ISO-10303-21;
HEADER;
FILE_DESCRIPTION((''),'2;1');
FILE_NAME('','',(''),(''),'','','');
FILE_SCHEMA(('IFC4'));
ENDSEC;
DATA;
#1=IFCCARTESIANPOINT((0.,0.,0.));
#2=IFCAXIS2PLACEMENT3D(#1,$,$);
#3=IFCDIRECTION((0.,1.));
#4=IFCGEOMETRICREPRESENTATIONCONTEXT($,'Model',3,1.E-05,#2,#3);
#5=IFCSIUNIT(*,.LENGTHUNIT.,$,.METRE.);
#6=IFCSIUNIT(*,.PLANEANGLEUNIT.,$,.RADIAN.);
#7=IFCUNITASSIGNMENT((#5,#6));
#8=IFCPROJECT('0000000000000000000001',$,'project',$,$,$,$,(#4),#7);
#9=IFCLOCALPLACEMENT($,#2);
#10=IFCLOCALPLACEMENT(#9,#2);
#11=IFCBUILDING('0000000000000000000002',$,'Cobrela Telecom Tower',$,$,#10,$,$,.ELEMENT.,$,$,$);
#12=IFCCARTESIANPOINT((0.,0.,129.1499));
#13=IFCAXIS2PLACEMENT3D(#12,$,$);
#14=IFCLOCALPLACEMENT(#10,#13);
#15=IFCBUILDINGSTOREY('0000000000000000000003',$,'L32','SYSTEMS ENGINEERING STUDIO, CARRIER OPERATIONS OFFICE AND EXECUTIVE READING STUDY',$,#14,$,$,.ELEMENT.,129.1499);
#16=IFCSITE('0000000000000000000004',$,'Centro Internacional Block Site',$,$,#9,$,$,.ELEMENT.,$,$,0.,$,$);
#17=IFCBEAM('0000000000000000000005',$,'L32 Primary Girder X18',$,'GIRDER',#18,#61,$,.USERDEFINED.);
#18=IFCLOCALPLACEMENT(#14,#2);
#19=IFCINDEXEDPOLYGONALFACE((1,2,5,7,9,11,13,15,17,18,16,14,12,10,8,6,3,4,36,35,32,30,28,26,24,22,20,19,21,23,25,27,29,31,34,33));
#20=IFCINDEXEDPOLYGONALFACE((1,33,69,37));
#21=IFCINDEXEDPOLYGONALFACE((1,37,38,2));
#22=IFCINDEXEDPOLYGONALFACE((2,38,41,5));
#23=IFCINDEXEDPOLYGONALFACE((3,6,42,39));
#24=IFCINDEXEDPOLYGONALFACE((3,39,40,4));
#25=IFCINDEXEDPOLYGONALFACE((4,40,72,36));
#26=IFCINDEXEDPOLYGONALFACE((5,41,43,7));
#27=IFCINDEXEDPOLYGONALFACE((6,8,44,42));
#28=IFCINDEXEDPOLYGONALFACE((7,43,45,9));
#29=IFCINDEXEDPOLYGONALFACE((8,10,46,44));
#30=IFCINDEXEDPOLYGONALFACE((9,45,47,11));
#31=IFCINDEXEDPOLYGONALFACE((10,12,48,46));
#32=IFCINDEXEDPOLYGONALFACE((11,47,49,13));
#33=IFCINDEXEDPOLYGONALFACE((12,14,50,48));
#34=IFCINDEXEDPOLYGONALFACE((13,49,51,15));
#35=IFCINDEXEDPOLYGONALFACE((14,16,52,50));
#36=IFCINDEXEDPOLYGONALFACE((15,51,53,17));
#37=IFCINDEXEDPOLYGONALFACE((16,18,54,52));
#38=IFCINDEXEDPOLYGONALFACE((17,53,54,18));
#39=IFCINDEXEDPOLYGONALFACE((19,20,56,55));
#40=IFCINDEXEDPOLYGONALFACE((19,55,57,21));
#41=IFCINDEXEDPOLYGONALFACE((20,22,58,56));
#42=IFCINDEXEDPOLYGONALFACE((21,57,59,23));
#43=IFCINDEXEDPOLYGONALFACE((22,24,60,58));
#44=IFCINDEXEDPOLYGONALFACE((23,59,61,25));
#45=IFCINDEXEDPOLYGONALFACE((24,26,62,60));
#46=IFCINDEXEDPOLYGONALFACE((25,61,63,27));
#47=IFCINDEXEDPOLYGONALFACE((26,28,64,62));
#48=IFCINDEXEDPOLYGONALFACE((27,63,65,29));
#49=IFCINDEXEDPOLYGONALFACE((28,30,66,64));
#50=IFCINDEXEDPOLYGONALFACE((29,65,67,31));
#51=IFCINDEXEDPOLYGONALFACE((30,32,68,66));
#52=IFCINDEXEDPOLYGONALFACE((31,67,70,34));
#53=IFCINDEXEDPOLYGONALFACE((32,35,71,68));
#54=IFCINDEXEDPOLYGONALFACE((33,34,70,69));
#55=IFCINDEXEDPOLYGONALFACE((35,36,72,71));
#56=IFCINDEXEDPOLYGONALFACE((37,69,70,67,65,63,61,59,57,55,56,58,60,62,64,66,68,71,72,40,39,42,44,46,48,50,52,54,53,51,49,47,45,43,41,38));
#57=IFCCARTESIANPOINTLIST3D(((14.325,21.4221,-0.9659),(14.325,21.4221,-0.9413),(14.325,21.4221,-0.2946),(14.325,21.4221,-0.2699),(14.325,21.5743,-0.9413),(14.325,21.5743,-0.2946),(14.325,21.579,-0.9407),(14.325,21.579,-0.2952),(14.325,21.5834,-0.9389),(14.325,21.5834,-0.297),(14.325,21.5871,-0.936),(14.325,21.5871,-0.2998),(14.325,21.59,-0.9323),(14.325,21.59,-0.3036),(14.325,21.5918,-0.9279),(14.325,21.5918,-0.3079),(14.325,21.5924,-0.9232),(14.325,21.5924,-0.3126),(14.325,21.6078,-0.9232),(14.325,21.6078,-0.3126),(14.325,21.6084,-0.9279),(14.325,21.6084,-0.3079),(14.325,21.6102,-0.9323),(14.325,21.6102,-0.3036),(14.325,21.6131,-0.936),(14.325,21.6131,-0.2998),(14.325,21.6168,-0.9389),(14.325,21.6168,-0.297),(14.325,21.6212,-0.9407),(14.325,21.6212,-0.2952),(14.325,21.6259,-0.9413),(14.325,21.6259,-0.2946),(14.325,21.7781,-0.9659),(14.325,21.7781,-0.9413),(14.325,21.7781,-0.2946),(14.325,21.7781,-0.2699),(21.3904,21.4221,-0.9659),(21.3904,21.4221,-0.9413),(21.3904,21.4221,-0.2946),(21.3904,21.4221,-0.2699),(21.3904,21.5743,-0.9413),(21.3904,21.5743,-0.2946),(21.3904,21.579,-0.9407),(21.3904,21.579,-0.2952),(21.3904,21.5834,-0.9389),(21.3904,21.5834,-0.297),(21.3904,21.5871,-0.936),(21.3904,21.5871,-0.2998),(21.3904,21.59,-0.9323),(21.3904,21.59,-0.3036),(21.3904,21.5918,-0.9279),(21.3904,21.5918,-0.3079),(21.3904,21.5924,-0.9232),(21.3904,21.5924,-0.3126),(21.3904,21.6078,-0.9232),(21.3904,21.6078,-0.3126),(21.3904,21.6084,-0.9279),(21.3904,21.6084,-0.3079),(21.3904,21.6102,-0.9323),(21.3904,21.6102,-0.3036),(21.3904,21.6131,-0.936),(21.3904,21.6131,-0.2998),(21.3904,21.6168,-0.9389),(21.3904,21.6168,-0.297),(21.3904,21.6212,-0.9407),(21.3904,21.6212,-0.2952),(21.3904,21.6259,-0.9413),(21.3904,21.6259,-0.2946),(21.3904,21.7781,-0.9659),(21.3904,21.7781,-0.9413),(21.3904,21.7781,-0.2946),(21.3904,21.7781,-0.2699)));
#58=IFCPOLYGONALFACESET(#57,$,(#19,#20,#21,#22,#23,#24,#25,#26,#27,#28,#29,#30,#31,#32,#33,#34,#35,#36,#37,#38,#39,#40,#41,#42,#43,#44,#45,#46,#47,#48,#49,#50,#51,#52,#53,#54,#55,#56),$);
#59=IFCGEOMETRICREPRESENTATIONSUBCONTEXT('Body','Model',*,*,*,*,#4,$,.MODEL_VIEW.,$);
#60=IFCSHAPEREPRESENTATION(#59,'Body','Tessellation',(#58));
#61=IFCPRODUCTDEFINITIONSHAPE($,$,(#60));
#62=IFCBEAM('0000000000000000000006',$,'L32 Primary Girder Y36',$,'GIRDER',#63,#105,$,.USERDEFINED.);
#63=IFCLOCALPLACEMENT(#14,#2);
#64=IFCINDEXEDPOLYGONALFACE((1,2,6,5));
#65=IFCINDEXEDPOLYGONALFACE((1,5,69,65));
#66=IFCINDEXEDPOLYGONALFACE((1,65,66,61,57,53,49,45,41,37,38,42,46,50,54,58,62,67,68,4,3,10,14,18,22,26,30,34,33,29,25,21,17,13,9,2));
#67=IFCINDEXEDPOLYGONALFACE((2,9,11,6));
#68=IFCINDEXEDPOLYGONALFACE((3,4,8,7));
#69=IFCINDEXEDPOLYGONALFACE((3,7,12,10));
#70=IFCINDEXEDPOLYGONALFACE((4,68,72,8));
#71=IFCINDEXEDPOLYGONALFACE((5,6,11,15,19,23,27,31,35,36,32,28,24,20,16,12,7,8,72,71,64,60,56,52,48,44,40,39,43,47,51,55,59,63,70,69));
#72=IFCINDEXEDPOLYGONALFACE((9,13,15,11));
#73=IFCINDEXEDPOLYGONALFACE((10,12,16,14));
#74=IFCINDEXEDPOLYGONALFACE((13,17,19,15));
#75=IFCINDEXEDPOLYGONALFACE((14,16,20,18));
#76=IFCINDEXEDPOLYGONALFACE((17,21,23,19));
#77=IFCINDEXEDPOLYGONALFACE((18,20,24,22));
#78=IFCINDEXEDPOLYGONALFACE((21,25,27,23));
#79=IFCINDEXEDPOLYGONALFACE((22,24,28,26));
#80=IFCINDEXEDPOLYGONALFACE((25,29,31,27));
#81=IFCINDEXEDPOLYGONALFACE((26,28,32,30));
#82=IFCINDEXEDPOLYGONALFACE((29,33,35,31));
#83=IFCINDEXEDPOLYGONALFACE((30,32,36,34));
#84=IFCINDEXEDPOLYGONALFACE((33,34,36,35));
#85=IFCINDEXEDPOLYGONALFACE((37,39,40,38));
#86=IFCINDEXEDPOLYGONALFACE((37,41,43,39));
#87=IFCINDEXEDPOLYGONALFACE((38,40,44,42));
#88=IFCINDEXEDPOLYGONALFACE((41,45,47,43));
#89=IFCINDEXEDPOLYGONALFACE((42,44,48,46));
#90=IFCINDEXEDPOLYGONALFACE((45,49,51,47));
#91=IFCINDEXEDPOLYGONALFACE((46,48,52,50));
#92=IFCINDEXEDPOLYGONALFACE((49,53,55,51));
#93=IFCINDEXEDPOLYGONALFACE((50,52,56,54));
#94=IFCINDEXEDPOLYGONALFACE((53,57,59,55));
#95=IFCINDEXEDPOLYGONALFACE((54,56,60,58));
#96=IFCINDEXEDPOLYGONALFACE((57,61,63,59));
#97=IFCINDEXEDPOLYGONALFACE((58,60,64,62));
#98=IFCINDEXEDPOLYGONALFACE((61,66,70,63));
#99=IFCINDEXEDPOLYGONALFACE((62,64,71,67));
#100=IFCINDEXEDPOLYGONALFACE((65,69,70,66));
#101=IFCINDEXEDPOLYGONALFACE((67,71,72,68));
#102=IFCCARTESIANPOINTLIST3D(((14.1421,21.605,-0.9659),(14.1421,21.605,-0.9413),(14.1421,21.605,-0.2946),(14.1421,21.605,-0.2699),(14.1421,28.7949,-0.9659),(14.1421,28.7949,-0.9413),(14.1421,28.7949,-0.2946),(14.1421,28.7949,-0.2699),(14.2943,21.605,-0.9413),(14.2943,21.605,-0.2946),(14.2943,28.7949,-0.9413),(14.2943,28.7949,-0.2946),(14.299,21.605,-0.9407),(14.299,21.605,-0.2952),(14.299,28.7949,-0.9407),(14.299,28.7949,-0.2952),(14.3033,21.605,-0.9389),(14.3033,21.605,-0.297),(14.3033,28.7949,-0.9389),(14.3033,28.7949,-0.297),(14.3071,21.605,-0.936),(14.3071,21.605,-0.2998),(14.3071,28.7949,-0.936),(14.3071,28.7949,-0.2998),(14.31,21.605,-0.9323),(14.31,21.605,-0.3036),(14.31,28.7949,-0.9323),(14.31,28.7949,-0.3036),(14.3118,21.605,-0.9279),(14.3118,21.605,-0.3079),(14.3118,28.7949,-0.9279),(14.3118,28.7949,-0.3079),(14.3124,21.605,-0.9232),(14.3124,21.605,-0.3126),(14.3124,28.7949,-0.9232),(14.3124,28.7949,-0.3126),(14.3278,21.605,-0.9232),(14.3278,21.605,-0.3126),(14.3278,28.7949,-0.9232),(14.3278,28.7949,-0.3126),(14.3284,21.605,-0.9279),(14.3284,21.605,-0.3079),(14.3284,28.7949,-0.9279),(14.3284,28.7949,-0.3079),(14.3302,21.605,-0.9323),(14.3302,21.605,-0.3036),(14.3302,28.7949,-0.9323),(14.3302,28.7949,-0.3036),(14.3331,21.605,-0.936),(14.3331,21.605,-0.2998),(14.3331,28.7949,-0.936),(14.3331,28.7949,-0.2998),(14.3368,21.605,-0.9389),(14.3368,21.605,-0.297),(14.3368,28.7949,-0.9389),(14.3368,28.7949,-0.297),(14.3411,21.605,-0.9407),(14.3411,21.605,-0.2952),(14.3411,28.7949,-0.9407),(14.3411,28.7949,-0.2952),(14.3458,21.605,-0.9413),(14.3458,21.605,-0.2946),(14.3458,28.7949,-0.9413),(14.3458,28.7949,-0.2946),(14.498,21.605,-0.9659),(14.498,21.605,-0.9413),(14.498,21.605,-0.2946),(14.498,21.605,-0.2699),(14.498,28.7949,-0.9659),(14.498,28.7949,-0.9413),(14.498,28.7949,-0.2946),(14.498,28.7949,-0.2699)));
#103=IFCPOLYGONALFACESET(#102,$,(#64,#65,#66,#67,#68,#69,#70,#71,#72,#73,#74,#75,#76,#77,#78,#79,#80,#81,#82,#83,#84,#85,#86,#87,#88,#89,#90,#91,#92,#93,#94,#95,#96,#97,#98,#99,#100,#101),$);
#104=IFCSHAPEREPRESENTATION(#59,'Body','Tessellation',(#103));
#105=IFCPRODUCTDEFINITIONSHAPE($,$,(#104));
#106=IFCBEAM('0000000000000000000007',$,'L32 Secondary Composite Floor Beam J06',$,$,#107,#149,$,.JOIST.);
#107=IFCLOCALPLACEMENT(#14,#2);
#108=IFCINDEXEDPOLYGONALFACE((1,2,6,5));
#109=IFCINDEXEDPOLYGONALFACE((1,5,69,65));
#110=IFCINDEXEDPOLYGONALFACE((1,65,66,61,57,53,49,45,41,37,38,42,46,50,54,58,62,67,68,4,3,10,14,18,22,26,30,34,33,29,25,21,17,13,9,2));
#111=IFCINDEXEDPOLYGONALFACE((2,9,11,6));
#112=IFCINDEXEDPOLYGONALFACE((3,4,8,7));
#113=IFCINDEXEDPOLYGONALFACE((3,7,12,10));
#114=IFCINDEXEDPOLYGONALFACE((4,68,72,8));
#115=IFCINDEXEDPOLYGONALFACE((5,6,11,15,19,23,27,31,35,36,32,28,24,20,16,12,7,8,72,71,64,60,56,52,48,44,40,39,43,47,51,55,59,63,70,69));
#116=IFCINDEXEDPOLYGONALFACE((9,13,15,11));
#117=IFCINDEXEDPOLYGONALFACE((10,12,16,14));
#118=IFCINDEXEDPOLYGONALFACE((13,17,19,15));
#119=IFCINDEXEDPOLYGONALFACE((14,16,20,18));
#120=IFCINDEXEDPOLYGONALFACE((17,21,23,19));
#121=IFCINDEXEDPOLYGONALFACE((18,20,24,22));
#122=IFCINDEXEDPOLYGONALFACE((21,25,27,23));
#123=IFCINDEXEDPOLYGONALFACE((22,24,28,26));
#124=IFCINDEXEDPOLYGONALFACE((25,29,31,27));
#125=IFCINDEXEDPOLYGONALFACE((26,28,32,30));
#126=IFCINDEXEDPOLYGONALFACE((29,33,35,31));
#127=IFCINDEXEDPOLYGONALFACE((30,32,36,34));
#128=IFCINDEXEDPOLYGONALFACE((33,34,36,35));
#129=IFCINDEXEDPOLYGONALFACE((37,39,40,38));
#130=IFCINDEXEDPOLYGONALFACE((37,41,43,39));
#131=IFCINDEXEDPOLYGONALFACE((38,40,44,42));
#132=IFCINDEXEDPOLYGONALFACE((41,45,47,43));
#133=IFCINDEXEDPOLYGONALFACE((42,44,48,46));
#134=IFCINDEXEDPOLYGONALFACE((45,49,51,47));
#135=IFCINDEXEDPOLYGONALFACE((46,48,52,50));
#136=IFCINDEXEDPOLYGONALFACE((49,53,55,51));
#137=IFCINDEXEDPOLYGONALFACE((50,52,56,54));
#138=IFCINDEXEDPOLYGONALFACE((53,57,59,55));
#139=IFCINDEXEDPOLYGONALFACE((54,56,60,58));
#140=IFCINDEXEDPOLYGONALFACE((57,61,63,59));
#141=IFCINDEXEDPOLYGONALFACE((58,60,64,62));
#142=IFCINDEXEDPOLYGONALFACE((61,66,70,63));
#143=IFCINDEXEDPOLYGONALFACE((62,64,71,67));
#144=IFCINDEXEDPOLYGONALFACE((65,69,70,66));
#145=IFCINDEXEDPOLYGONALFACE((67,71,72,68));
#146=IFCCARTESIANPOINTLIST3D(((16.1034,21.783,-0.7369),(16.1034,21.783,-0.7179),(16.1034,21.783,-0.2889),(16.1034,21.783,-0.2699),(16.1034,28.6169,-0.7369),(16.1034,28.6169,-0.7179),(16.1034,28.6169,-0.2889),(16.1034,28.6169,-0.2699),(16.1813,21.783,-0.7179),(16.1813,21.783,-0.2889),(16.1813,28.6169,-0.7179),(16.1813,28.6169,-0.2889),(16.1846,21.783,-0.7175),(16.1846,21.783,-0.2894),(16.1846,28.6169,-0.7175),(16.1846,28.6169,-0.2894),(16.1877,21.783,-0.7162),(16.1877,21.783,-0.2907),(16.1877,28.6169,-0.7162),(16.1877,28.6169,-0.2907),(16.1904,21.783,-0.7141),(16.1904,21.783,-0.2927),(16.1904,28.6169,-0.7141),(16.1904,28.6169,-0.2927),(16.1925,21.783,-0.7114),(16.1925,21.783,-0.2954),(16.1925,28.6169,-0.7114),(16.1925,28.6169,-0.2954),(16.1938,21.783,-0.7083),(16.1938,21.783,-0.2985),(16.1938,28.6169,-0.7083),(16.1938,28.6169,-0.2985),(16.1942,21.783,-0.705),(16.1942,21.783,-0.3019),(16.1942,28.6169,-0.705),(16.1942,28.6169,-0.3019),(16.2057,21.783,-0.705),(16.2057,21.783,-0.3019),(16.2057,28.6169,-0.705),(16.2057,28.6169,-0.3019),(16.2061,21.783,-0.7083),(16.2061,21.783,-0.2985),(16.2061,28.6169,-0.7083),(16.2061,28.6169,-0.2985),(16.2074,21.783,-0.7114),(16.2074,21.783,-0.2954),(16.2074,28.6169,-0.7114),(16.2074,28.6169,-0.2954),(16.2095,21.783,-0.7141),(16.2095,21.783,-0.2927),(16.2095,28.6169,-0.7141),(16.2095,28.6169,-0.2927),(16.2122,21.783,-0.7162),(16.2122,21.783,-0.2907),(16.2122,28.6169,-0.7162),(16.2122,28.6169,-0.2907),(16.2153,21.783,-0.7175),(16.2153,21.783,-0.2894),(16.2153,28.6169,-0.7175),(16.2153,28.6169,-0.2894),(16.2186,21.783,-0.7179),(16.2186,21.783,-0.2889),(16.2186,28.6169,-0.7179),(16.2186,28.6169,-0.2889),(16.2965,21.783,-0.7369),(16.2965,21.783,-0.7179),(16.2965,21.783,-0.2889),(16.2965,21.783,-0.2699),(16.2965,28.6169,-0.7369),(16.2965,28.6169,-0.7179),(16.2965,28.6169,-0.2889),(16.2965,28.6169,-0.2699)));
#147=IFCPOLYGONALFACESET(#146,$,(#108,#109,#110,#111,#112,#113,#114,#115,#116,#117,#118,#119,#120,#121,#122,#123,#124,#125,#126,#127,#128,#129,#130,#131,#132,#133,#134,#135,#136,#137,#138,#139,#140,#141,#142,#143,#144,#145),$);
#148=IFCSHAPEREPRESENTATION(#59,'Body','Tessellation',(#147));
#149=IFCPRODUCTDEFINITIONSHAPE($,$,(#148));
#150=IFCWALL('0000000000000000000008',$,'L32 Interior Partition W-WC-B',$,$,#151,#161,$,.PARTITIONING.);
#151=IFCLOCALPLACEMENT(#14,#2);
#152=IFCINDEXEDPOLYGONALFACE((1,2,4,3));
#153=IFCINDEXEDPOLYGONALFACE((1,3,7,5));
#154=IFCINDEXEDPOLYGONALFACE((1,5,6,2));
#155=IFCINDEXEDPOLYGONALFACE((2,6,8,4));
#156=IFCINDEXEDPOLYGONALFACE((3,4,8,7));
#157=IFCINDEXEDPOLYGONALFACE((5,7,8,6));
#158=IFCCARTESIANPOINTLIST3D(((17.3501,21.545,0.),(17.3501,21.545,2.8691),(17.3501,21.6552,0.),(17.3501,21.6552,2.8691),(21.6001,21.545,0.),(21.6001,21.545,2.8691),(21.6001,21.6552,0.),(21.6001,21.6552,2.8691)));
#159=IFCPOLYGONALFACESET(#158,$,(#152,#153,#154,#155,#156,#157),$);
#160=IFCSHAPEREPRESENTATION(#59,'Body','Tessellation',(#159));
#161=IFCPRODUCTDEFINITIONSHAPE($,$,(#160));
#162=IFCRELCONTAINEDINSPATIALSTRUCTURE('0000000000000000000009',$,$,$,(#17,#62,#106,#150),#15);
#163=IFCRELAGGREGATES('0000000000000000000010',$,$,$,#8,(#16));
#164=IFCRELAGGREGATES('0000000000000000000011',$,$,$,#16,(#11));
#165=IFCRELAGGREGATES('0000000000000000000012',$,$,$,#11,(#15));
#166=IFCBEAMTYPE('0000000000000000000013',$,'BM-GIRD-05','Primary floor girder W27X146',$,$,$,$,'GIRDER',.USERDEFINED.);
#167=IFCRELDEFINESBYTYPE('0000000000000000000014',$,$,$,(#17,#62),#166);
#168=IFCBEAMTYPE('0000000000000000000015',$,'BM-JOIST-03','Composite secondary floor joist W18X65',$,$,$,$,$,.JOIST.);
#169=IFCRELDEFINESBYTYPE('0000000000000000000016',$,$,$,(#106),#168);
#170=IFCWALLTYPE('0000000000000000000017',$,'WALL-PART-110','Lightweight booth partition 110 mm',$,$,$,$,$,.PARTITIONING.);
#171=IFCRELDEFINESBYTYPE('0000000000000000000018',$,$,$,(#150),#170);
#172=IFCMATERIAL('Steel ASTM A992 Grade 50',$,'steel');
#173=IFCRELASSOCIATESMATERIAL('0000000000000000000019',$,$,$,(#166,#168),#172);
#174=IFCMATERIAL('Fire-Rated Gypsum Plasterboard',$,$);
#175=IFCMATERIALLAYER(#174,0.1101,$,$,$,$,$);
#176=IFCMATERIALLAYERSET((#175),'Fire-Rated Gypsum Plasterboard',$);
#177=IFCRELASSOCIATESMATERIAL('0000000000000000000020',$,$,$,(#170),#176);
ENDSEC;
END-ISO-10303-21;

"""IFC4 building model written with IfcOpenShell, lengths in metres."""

from ifc_helpers import new_model, si_unit, direction, frame, frame_2d, origin, origin_2d, place, context, subcontext, project, spatial, rectangle, i_section, extrude, material, layer, layer_set, material_profile, profile_set, type_object, element, save


model = new_model("IFC4")

# Units and contexts
model_context = context("Model", 3, precision=1e-05, world=origin(), true_north=direction((0.0, 1.0)))
body_context = subcontext(model_context, "Body", "Model", "MODEL_VIEW")
ifc_project = project(units=[si_unit("LENGTHUNIT", "METRE"), si_unit("PLANEANGLEUNIT", "RADIAN")], contexts=[model_context])

# Site, building, storey
site_placement = place(None, origin())
site = spatial("IfcSite", under=ifc_project, at=site_placement, Name="Centro Internacional Block Site", CompositionType="ELEMENT", RefElevation=0.0)
building_placement = place(site_placement, origin())
building = spatial("IfcBuilding", under=site, at=building_placement, Name="Cobrela Telecom Tower", CompositionType="ELEMENT")
storey_placement = place(building_placement, frame((0.0, 0.0, 129.1499)))
storey = spatial("IfcBuildingStorey", under=building, at=storey_placement, Name="L32", Description="SYSTEMS ENGINEERING STUDIO, CARRIER OPERATIONS OFFICE AND EXECUTIVE READING STUDY", CompositionType="ELEMENT", Elevation=129.1499)

# Beams
ifc_material_1 = material(Name="Steel ASTM A992 Grade 50", Category="steel")
ifc_material_profile_1 = material_profile(ifc_material_1, i_section(OverallWidth=0.356, OverallDepth=0.696, WebThickness=0.0154, FlangeThickness=0.0247, FilletRadius=0.0181, at=origin_2d()), Name="W27X146")
ifc_profile_set_1 = profile_set([ifc_material_profile_1], Name="Steel ASTM A992 Grade 50")
beam_type_1 = type_object("IfcBeamType", Name="BM-GIRD-05", Description="Primary floor girder W27X146", ElementType="GIRDER", PredefinedType="USERDEFINED", material=ifc_profile_set_1)
beam_1_placement = place(storey_placement, frame((14.325, 21.6001, -0.6179), z_axis=(1.0, 0.0, 0.0), x_axis=(0.0, 1.0, 0.0)))
element("IfcBeam", 1, at=beam_1_placement, inside=storey, type_object=beam_type_1, Name="L32 Primary Girder X18", ObjectType="GIRDER", PredefinedType="USERDEFINED", context=body_context, shape_type="SweptSolid", body=[
    extrude(i_section(OverallWidth=0.356, OverallDepth=0.696, WebThickness=0.0154, FlangeThickness=0.0247, FilletRadius=0.0181, at=origin_2d()), origin(), (0.0, 0.0, 1.0), 7.0654),
])
beam_2_placement = place(storey_placement, frame((14.3201, 21.605, -0.6179), z_axis=(0.0, 1.0, 0.0), x_axis=(-1.0, 0.0, 0.0)))
element("IfcBeam", 2, at=beam_2_placement, inside=storey, type_object=beam_type_1, Name="L32 Primary Girder Y36", ObjectType="GIRDER", PredefinedType="USERDEFINED", context=body_context, shape_type="SweptSolid", body=[
    extrude(i_section(OverallWidth=0.356, OverallDepth=0.696, WebThickness=0.0154, FlangeThickness=0.0247, FilletRadius=0.0181, at=origin_2d()), origin(), (0.0, 0.0, 1.0), 7.1899),
])
ifc_material_profile_2 = material_profile(ifc_material_1, i_section(OverallWidth=0.1931, OverallDepth=0.467, WebThickness=0.0115, FlangeThickness=0.019, FilletRadius=0.0129, at=origin_2d()), Name="W18X65")
ifc_profile_set_2 = profile_set([ifc_material_profile_2], Name="Steel ASTM A992 Grade 50")
beam_type_2 = type_object("IfcBeamType", Name="BM-JOIST-03", Description="Composite secondary floor joist W18X65", PredefinedType="JOIST", material=ifc_profile_set_2)
beam_3_placement = place(storey_placement, frame((16.2, 21.783, -0.5034), z_axis=(0.0, 1.0, 0.0), x_axis=(-1.0, 0.0, 0.0)))
element("IfcBeam", 3, at=beam_3_placement, inside=storey, type_object=beam_type_2, Name="L32 Secondary Composite Floor Beam J06", PredefinedType="JOIST", context=body_context, shape_type="SweptSolid", body=[
    extrude(i_section(OverallWidth=0.1931, OverallDepth=0.467, WebThickness=0.0115, FlangeThickness=0.019, FilletRadius=0.0129, at=origin_2d()), origin(), (0.0, 0.0, 1.0), 6.834),
])

# Shared definitions
ifc_material_2 = material(Name="Fire-Rated Gypsum Plasterboard")
ifc_layer_1 = layer(ifc_material_2, 0.1101)
ifc_layer_set_1 = layer_set([ifc_layer_1], Name="Fire-Rated Gypsum Plasterboard")
wall_type_1 = type_object("IfcWallType", Name="WALL-PART-110", Description="Lightweight booth partition 110 mm", PredefinedType="PARTITIONING", material=ifc_layer_set_1)

# Wall
wall_1_placement = place(storey_placement, frame((17.3501, 21.6001, 0.0), z_axis=(0.0, 0.0, 1.0), x_axis=(1.0, 0.0, 0.0)))
element("IfcWall", 4, at=wall_1_placement, inside=storey, type_object=wall_type_1, Name="L32 Interior Partition W-WC-B", PredefinedType="PARTITIONING", context=body_context, shape_type="SweptSolid", body=[
    extrude(rectangle(XDim=4.25, YDim=0.1101, at=frame_2d((2.125, 0.0))), origin(), (0.0, 0.0, 1.0), 2.8691),
])

save(model, "model.ifc")
